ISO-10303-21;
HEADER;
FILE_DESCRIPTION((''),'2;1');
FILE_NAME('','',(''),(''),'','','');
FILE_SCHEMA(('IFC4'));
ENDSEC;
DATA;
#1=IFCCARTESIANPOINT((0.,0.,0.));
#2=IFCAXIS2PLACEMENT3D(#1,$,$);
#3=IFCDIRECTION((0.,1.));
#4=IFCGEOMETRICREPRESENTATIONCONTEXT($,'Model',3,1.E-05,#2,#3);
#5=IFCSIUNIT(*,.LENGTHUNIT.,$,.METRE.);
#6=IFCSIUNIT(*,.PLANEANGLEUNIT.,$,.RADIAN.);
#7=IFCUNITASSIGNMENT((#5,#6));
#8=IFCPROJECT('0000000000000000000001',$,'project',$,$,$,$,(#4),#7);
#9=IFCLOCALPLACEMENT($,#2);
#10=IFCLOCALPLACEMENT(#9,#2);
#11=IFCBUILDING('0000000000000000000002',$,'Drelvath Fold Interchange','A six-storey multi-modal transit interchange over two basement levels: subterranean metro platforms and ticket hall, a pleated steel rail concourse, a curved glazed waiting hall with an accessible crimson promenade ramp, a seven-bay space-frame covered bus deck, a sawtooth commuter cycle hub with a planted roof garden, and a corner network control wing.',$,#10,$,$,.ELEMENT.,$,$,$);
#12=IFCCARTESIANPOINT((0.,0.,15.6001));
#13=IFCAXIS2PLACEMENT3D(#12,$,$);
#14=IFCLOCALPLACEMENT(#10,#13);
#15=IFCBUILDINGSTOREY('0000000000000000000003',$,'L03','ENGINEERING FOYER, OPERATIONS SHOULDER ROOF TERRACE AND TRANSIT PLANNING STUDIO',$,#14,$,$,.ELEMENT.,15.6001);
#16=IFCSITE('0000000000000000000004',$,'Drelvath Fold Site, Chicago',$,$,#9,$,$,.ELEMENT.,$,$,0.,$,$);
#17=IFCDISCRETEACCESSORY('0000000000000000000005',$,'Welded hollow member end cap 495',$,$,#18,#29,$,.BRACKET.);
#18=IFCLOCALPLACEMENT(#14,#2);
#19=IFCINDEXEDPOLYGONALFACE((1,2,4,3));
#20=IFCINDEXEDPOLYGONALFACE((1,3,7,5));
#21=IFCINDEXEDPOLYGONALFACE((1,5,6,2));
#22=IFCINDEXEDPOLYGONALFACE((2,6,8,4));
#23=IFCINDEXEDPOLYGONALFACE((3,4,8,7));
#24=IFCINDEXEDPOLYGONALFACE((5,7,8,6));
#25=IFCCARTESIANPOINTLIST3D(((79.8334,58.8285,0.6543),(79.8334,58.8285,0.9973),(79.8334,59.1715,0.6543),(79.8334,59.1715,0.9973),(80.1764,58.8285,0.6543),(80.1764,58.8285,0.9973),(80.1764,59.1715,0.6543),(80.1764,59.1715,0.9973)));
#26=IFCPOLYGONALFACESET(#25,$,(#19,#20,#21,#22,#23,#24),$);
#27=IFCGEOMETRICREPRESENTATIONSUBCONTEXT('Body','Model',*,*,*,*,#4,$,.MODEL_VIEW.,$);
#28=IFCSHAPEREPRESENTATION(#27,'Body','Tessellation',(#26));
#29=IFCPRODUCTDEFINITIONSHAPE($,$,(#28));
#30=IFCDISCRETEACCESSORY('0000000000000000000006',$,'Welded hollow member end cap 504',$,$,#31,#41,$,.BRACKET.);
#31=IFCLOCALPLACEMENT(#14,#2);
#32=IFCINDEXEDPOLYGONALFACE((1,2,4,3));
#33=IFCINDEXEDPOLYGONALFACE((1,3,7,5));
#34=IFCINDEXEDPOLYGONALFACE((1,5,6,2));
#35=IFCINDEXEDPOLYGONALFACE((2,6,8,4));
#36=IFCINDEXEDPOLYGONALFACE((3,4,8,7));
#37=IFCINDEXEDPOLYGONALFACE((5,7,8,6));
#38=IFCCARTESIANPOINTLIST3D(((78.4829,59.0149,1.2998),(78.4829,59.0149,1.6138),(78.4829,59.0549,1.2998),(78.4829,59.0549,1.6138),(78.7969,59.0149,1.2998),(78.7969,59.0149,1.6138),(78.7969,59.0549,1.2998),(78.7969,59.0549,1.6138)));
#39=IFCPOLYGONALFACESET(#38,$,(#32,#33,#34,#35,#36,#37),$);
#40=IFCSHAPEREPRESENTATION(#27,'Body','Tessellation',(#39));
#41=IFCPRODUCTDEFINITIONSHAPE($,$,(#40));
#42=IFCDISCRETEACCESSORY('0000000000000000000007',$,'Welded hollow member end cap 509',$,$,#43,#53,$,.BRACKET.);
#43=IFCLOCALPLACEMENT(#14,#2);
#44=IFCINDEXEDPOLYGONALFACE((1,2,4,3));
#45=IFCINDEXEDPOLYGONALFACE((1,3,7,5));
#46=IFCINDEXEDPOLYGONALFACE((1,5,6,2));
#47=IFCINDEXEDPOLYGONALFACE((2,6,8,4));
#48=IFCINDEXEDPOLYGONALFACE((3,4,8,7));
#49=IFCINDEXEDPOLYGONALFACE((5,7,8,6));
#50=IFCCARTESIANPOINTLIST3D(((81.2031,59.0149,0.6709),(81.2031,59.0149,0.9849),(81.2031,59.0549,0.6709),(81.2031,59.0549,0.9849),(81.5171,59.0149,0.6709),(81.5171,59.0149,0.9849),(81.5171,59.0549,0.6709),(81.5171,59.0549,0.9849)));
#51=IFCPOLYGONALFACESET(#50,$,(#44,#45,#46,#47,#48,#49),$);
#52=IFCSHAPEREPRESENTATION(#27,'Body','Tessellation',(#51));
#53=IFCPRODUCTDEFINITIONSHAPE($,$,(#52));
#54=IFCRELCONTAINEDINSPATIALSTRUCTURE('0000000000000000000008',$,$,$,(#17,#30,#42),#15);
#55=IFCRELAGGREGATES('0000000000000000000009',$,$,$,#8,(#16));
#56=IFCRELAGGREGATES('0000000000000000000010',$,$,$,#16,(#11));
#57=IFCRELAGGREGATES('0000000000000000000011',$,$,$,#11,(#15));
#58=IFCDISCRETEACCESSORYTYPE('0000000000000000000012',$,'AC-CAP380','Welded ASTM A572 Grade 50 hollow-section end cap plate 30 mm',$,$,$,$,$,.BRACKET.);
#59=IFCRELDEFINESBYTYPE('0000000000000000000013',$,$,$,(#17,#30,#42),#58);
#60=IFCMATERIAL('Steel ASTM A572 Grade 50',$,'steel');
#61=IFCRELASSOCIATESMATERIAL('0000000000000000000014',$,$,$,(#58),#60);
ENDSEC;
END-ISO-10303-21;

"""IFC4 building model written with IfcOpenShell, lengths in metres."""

from ifc_helpers import new_model, si_unit, direction, frame, origin, origin_2d, place, context, subcontext, project, spatial, rectangle, extrude, material, type_object, element, save


model = new_model("IFC4")

# Units and contexts
model_context = context("Model", 3, precision=1e-05, world=origin(), true_north=direction((0.0, 1.0)))
body_context = subcontext(model_context, "Body", "Model", "MODEL_VIEW")
ifc_project = project(units=[si_unit("LENGTHUNIT", "METRE"), si_unit("PLANEANGLEUNIT", "RADIAN")], contexts=[model_context])

# Site, building, storey
site_placement = place(None, origin())
site = spatial("IfcSite", under=ifc_project, at=site_placement, Name="Drelvath Fold Site, Chicago", CompositionType="ELEMENT", RefElevation=0.0)
building_placement = place(site_placement, origin())
building = spatial("IfcBuilding", under=site, at=building_placement, Name="Drelvath Fold Interchange", Description="A six-storey multi-modal transit interchange over two basement levels: subterranean metro platforms and ticket hall, a pleated steel rail concourse, a curved glazed waiting hall with an accessible crimson promenade ramp, a seven-bay space-frame covered bus deck, a sawtooth commuter cycle hub with a planted roof garden, and a corner network control wing.", CompositionType="ELEMENT")
storey_placement = place(building_placement, frame((0.0, 0.0, 15.6001)))
storey = spatial("IfcBuildingStorey", under=building, at=storey_placement, Name="L03", Description="ENGINEERING FOYER, OPERATIONS SHOULDER ROOF TERRACE AND TRANSIT PLANNING STUDIO", CompositionType="ELEMENT", Elevation=15.6001)

# Discrete accessories
ifc_material_1 = material(Name="Steel ASTM A572 Grade 50", Category="steel")
discrete_accessory_type = type_object("IfcDiscreteAccessoryType", Name="AC-CAP380", Description="Welded ASTM A572 Grade 50 hollow-section end cap plate 30 mm", PredefinedType="BRACKET", material=ifc_material_1)
discrete_accessory_1_placement = place(storey_placement, frame((80.0049, 59.0, 0.6543), z_axis=(0.0, 0.0, 1.0), x_axis=(1.0, 0.0, 0.0)))
element("IfcDiscreteAccessory", 1, at=discrete_accessory_1_placement, inside=storey, type_object=discrete_accessory_type, Name="Welded hollow member end cap 495", PredefinedType="BRACKET", context=body_context, shape_type="SweptSolid", body=[
    extrude(rectangle(XDim=0.343, YDim=0.343, at=origin_2d()), origin(), (0.0, 0.0, 1.0), 0.343),
])
for number, where, z_axis, x_axis, name in (
    (2, (78.6399, 59.0349, 1.2998), (0.0, 0.0, 1.0), (1.0, 0.0, 0.0), "Welded hollow member end cap 504"),
    (3, (81.3601, 59.0349, 0.6709), (0.0, 0.0, 1.0), (1.0, 0.0, 0.0), "Welded hollow member end cap 509"),
):
    element("IfcDiscreteAccessory", number, at=place(storey_placement, frame(where, z_axis=z_axis, x_axis=x_axis)), inside=storey, type_object=discrete_accessory_type, Name=name, PredefinedType="BRACKET", context=body_context, shape_type="SweptSolid", body=[
        extrude(rectangle(XDim=0.314, YDim=0.04, at=origin_2d()), origin(), (0.0, 0.0, 1.0), 0.314),
    ])

save(model, "model.ifc")
